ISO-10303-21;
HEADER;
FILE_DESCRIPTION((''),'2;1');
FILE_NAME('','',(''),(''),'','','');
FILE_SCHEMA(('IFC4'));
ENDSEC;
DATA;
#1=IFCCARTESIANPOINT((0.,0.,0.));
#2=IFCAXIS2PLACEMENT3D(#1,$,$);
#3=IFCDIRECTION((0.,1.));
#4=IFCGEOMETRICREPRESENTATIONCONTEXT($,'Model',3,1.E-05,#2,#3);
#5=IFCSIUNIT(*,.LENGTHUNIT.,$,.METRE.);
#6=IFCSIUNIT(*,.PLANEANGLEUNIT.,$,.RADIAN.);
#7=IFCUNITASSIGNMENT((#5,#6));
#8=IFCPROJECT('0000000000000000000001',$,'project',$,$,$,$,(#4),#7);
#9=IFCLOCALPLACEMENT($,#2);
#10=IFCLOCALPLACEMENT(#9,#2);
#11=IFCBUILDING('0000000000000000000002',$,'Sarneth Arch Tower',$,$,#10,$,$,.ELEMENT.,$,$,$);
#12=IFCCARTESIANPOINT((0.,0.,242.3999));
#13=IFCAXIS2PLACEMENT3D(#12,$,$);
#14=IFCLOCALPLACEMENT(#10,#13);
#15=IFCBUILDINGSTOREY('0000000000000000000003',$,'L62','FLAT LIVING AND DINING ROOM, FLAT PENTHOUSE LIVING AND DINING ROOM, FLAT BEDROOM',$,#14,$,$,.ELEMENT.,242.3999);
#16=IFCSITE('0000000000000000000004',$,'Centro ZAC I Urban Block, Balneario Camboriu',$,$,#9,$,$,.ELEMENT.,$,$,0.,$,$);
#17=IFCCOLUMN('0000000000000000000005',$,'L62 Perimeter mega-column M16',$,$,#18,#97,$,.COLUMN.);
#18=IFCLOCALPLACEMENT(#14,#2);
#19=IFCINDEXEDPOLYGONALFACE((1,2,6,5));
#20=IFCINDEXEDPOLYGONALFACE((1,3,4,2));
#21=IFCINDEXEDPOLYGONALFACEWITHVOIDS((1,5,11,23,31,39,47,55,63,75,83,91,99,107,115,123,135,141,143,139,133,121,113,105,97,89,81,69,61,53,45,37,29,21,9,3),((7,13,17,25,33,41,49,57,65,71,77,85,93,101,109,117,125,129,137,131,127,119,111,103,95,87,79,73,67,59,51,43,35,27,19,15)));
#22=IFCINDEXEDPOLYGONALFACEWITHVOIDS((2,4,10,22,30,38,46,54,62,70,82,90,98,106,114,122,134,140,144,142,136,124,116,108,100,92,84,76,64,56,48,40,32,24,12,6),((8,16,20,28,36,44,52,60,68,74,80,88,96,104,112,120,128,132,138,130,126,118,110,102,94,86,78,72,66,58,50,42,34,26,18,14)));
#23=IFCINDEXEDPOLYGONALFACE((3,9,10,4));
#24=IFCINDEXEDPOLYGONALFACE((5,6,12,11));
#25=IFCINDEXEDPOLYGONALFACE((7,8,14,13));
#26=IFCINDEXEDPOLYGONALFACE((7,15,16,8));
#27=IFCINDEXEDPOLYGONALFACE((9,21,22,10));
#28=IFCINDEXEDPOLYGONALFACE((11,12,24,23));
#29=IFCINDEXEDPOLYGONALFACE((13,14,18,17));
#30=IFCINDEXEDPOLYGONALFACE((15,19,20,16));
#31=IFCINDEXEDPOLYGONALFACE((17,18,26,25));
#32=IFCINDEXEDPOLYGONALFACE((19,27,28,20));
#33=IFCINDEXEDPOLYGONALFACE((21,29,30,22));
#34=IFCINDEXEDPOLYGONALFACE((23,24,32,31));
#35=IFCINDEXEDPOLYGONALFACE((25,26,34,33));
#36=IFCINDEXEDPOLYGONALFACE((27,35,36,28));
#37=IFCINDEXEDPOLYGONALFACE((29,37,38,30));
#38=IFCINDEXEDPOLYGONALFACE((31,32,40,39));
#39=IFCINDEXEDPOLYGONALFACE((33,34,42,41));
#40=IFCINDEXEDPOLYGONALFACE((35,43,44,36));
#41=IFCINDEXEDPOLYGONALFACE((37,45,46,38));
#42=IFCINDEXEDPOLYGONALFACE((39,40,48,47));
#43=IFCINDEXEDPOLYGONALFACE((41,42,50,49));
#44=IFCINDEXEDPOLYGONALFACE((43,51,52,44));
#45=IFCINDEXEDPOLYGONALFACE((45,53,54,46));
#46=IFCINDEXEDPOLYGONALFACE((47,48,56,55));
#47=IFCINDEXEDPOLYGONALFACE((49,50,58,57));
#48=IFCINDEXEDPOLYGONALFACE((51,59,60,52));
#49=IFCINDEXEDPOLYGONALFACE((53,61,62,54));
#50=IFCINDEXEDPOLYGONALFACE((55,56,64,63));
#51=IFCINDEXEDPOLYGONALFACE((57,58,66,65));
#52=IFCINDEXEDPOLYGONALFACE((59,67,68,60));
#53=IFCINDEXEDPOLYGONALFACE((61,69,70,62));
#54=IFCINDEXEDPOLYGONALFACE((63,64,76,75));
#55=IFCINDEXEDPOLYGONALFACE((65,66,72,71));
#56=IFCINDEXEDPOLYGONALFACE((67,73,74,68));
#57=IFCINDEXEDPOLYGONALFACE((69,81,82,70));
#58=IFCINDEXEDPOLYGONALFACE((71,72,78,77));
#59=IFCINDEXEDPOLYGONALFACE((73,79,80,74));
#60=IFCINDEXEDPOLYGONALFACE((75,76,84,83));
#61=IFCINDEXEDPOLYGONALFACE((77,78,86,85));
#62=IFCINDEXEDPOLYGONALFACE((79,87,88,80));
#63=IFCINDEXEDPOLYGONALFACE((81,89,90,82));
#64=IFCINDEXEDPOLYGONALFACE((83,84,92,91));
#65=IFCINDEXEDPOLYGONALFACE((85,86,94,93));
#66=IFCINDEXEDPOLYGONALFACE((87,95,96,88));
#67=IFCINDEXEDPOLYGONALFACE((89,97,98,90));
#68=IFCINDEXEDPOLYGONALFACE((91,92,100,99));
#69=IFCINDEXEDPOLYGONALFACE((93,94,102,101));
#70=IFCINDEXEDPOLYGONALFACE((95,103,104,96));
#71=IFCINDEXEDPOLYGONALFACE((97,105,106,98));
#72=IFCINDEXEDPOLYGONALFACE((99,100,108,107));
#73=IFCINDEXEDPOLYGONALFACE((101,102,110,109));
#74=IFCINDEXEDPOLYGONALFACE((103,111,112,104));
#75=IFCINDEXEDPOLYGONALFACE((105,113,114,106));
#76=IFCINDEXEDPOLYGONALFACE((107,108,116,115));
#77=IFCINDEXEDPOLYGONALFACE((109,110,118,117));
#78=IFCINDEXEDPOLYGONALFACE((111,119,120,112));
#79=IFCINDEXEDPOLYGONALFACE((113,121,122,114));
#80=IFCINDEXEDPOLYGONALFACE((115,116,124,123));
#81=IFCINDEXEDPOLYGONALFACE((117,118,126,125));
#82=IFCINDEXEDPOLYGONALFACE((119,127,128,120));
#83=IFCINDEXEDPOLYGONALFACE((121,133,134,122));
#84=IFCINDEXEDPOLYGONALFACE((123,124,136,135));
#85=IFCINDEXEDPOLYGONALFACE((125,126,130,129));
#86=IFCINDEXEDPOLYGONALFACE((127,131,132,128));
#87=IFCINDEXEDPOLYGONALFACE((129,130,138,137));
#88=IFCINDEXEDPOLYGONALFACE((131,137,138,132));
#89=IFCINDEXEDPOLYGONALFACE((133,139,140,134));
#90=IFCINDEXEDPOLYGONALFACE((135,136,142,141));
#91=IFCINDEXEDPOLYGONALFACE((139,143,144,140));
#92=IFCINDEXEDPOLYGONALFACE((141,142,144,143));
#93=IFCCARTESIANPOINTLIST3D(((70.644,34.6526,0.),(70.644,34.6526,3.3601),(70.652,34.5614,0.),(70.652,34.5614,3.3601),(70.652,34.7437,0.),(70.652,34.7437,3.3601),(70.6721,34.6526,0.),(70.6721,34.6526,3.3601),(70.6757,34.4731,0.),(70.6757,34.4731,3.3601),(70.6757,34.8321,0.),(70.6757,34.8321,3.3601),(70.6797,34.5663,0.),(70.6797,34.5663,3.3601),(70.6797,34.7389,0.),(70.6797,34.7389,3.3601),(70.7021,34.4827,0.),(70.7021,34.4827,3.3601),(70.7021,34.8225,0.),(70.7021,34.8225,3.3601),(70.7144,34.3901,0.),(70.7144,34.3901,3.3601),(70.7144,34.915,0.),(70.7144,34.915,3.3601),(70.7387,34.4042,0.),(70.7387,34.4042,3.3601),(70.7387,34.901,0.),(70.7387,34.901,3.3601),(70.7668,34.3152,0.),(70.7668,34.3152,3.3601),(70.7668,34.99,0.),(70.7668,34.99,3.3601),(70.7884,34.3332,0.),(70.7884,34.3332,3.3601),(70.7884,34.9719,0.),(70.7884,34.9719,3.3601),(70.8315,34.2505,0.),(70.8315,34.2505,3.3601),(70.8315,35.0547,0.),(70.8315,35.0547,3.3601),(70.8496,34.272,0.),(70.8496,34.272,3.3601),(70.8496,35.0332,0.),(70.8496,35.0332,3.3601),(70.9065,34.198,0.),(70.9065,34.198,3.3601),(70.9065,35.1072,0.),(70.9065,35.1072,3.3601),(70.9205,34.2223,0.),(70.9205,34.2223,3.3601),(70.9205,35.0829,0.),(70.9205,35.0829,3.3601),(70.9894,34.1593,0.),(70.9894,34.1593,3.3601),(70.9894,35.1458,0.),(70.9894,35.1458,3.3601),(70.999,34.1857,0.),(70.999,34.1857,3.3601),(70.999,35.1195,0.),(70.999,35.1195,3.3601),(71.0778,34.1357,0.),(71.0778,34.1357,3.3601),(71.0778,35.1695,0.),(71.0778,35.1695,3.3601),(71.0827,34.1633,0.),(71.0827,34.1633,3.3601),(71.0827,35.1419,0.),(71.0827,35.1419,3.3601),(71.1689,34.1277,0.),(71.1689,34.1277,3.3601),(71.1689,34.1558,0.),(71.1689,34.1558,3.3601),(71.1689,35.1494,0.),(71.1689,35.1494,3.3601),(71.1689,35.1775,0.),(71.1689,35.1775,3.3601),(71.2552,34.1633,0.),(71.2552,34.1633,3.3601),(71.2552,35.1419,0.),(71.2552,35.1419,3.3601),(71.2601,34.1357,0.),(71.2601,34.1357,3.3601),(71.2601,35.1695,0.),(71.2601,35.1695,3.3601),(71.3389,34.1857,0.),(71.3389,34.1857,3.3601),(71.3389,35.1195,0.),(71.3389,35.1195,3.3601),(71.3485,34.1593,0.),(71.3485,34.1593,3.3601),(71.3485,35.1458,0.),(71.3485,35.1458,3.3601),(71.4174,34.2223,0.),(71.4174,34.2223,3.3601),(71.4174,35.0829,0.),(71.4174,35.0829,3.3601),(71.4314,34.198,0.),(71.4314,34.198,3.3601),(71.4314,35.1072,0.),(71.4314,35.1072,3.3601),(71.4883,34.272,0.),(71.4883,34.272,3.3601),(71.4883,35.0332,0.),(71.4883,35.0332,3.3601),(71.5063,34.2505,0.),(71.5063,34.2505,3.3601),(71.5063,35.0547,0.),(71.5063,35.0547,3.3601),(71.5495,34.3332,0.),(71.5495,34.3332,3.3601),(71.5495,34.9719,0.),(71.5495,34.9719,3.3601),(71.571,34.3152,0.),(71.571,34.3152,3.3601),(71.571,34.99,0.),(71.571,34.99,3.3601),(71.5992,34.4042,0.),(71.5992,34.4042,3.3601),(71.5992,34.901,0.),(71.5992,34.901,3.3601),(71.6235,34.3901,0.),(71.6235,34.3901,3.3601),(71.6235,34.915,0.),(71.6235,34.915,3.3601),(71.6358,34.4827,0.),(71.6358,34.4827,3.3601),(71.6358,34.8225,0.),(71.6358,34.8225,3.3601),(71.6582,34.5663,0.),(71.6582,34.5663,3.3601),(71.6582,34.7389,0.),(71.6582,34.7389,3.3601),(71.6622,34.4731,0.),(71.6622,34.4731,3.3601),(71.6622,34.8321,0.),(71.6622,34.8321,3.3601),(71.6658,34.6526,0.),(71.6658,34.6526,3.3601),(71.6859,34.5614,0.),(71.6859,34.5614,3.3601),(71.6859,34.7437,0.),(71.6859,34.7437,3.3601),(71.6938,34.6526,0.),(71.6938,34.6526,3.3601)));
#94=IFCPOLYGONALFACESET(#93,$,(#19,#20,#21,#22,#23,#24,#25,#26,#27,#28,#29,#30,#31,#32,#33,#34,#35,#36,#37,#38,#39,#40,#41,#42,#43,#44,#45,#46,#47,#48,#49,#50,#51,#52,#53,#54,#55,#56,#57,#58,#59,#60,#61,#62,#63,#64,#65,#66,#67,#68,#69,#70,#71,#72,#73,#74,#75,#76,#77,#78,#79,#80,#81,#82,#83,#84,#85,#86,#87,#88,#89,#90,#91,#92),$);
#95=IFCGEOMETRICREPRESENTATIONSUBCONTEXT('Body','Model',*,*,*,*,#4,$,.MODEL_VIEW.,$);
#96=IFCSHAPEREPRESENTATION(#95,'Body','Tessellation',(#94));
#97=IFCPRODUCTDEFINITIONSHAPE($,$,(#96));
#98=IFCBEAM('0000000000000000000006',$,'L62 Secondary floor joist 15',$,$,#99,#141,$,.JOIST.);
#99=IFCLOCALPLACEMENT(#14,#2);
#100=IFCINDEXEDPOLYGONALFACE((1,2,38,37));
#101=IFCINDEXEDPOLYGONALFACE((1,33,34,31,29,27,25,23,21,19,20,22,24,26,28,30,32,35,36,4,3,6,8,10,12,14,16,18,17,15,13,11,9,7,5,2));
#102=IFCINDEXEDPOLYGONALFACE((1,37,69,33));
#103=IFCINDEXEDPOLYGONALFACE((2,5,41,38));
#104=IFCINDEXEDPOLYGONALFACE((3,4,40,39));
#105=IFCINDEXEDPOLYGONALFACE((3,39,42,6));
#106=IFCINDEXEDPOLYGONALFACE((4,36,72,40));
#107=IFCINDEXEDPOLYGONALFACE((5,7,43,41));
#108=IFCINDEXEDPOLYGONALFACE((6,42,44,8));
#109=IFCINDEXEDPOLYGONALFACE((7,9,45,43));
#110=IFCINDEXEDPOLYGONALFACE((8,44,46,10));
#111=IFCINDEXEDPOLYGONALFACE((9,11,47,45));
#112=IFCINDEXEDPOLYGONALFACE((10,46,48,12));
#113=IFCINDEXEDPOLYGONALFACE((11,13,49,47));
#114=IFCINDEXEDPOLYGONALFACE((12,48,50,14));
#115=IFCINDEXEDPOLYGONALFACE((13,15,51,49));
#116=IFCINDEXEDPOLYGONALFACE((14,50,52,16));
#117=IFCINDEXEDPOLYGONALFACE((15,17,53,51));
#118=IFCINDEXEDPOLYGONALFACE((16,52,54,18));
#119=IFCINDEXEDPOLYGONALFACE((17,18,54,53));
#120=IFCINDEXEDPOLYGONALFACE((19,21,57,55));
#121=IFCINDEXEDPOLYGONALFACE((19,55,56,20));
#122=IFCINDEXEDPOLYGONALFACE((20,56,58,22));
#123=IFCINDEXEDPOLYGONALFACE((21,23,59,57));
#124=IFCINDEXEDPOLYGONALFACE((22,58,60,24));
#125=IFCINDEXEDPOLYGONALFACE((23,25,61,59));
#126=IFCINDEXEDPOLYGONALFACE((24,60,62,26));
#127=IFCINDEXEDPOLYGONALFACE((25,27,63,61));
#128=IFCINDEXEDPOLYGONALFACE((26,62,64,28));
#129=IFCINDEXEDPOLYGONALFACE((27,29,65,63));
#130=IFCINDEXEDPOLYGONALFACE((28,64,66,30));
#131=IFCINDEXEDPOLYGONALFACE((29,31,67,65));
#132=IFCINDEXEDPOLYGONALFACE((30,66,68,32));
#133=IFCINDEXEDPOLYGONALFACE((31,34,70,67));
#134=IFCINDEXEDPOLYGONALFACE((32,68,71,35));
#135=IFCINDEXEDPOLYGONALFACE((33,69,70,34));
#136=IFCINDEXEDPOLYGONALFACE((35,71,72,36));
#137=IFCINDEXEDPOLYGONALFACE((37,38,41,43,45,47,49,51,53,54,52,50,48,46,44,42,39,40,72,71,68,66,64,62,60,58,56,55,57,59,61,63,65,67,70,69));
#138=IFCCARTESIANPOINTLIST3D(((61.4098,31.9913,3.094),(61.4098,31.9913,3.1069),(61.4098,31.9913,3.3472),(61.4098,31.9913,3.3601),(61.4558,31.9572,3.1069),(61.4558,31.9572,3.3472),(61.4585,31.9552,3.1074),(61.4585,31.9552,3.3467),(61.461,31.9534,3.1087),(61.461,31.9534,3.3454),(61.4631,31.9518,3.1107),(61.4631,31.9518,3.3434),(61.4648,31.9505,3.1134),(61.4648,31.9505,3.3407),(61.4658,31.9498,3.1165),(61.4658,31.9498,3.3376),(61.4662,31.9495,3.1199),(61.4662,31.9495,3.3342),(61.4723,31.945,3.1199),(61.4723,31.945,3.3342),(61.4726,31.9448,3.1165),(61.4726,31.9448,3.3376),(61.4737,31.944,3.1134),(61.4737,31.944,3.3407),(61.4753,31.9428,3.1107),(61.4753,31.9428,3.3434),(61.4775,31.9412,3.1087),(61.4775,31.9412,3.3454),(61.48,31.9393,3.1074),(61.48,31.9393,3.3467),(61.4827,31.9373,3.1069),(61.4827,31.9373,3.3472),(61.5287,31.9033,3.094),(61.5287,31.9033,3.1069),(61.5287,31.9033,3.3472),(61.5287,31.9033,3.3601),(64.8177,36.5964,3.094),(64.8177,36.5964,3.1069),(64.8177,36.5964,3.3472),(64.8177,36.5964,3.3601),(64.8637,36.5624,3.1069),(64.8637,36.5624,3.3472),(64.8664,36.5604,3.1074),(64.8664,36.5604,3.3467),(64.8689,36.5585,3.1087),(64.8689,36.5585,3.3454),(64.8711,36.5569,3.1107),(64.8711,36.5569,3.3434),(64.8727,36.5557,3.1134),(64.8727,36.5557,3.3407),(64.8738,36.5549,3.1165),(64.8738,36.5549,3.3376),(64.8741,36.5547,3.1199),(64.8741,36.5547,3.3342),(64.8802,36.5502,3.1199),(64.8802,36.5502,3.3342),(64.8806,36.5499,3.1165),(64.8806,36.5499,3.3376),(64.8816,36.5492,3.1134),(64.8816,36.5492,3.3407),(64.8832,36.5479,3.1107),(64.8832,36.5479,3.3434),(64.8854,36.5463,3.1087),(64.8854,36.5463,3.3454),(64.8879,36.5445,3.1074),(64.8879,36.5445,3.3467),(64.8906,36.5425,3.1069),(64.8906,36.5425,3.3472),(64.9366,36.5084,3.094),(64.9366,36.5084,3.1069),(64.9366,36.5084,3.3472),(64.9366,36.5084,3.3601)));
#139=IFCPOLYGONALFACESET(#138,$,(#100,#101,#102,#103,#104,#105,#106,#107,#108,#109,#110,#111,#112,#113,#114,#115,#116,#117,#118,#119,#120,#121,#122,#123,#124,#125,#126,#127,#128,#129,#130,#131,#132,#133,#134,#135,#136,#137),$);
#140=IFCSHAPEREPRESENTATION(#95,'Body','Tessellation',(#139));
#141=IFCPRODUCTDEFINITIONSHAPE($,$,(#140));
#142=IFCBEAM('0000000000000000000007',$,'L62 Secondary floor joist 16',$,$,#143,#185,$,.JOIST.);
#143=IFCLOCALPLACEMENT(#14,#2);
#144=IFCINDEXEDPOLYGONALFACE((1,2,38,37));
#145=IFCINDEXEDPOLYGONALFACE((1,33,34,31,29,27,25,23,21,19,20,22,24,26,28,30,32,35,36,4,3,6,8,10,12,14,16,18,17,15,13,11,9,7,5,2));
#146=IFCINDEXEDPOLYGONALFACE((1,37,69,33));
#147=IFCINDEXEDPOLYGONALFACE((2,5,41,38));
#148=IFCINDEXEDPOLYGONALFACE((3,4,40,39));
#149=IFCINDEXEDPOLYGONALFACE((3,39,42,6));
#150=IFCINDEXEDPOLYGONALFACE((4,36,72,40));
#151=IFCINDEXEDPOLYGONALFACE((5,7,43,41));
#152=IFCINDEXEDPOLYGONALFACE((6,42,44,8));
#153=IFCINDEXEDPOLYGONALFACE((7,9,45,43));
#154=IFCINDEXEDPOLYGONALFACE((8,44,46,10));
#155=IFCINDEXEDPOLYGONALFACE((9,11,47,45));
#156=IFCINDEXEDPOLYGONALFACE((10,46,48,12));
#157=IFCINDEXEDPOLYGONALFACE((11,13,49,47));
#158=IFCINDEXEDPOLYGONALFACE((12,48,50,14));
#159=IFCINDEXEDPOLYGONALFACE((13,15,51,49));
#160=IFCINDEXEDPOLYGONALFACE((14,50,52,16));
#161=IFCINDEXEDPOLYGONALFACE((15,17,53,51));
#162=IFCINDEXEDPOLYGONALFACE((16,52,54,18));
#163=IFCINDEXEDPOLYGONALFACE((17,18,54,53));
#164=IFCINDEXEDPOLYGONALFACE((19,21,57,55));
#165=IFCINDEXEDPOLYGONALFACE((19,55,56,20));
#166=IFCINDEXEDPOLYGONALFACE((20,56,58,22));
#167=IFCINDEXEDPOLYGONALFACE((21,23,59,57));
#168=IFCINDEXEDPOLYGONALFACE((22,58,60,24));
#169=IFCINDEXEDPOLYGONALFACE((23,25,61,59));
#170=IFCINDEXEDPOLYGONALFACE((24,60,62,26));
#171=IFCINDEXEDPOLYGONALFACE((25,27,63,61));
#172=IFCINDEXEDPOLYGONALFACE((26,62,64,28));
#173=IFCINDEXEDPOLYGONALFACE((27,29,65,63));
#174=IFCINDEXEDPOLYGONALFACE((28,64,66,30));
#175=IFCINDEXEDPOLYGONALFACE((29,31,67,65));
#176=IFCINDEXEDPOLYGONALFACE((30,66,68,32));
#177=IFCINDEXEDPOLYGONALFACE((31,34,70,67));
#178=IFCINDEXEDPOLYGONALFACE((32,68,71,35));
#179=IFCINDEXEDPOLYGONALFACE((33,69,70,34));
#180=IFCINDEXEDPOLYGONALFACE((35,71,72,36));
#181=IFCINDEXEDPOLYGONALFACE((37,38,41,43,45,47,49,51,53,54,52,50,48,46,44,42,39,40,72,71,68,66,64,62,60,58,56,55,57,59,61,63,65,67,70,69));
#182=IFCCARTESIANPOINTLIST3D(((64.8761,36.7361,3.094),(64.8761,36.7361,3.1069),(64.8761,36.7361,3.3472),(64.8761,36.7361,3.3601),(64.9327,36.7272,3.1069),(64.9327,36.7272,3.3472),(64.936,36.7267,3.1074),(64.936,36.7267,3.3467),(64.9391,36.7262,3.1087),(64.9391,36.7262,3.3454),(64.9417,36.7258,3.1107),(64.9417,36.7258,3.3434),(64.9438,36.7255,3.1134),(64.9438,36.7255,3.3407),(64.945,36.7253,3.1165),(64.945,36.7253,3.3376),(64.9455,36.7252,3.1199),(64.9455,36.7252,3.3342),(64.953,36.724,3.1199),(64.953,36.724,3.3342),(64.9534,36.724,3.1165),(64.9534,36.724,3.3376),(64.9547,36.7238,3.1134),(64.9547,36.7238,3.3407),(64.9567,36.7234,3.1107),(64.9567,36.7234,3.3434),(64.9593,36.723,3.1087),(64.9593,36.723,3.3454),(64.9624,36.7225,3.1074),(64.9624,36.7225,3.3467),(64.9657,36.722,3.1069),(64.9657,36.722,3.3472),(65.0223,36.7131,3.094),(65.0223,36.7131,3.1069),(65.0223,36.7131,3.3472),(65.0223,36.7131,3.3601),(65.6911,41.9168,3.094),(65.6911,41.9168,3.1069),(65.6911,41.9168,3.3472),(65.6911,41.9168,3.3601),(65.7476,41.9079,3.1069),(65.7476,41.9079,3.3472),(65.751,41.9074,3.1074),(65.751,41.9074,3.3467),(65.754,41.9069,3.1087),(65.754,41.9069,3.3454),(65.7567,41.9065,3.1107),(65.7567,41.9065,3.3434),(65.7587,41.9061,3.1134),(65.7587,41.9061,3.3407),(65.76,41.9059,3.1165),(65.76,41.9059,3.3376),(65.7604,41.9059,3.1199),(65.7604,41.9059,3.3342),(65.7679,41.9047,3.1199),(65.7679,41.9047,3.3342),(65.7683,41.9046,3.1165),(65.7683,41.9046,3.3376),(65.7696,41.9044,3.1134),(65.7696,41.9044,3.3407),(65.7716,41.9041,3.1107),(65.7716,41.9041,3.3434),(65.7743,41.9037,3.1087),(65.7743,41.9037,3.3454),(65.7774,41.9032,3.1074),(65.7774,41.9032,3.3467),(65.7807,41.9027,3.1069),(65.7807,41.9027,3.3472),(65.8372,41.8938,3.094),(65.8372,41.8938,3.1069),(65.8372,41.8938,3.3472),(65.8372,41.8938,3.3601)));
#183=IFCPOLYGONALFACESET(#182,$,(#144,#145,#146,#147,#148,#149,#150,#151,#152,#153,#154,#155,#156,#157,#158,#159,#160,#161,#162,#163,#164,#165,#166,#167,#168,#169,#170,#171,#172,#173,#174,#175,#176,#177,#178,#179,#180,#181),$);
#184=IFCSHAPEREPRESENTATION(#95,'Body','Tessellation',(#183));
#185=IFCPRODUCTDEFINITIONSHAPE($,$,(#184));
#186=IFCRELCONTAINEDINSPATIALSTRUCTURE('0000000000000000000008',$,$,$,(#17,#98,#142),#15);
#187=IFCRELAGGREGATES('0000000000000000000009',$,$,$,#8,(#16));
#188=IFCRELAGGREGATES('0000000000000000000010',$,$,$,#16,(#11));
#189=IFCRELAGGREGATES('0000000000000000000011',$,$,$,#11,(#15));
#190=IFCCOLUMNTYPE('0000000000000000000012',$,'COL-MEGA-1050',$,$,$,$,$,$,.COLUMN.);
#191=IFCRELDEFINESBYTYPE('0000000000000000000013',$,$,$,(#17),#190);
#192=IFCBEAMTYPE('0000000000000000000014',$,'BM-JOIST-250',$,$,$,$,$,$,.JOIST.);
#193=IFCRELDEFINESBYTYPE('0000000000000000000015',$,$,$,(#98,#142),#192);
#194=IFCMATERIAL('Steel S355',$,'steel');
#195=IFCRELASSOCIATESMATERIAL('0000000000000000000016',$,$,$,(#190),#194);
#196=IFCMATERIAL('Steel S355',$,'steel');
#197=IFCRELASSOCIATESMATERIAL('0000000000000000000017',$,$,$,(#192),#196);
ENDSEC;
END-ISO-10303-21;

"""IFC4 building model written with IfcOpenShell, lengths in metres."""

from ifc_helpers import new_model, si_unit, direction, frame, origin, origin_2d, place, context, subcontext, project, spatial, hollow_circle, i_section, extrude, material, material_profile, profile_set, type_object, element, save


model = new_model("IFC4")

# Units and contexts
model_context = context("Model", 3, precision=1e-05, world=origin(), true_north=direction((0.0, 1.0)))
body_context = subcontext(model_context, "Body", "Model", "MODEL_VIEW")
ifc_project = project(units=[si_unit("LENGTHUNIT", "METRE"), si_unit("PLANEANGLEUNIT", "RADIAN")], contexts=[model_context])

# Site, building, storey
site_placement = place(None, origin())
site = spatial("IfcSite", under=ifc_project, at=site_placement, Name="Centro ZAC I Urban Block, Balneario Camboriu", CompositionType="ELEMENT", RefElevation=0.0)
building_placement = place(site_placement, origin())
building = spatial("IfcBuilding", under=site, at=building_placement, Name="Sarneth Arch Tower", CompositionType="ELEMENT")
storey_placement = place(building_placement, frame((0.0, 0.0, 242.3999)))
storey = spatial("IfcBuildingStorey", under=building, at=storey_placement, Name="L62", Description="FLAT LIVING AND DINING ROOM, FLAT PENTHOUSE LIVING AND DINING ROOM, FLAT BEDROOM", CompositionType="ELEMENT", Elevation=242.3999)

# Column
ifc_material_1 = material(Name="Steel S355", Category="steel")
ifc_material_profile_1 = material_profile(ifc_material_1, hollow_circle(Radius=0.5249, WallThickness=0.0281, at=origin_2d()), Name="CHS1050x28")
ifc_profile_set_1 = profile_set([ifc_material_profile_1], Name="Steel S355")
column_type = type_object("IfcColumnType", Name="COL-MEGA-1050", PredefinedType="COLUMN", material=ifc_profile_set_1)
column_placement = place(storey_placement, frame((71.1689, 34.6526, 0.0), z_axis=(0.0, 0.0, 1.0), x_axis=(1.0, 0.0, 0.0)))
element("IfcColumn", 1, at=column_placement, inside=storey, type_object=column_type, Name="L62 Perimeter mega-column M16", PredefinedType="COLUMN", context=body_context, shape_type="SweptSolid", body=[
    extrude(hollow_circle(Radius=0.5249, WallThickness=0.0281, at=origin_2d()), origin(), (0.0, 0.0, 1.0), 3.3601),
])

# Beams
ifc_material_2 = material(Name="Steel S355", Category="steel")
ifc_material_profile_2 = material_profile(ifc_material_2, i_section(OverallWidth=0.1479, OverallDepth=0.2661, WebThickness=0.0076, FlangeThickness=0.0129, FilletRadius=0.0129, at=origin_2d()), Name="W250x44.8")
ifc_profile_set_2 = profile_set([ifc_material_profile_2], Name="Steel S355")
beam_type_1 = type_object("IfcBeamType", Name="BM-JOIST-250", PredefinedType="JOIST", material=ifc_profile_set_2)
beam_1_placement = place(storey_placement, frame((61.4692, 31.9473, 3.2271), z_axis=(0.594853, 0.803834, 0.0), x_axis=(-0.803834, 0.594853, 0.0)))
element("IfcBeam", 2, at=beam_1_placement, inside=storey, type_object=beam_type_1, Name="L62 Secondary floor joist 15", PredefinedType="JOIST", context=body_context, shape_type="SweptSolid", body=[
    extrude(i_section(OverallWidth=0.1479, OverallDepth=0.2661, WebThickness=0.0076, FlangeThickness=0.0129, FilletRadius=0.0129, at=origin_2d()), origin(), (0.0, 0.0, 1.0), 5.729),
])
beam_2_placement = place(storey_placement, frame((64.9492, 36.7246, 3.2271), z_axis=(0.155394, 0.987853, 0.0), x_axis=(-0.987853, 0.155394, 0.0)))
element("IfcBeam", 3, at=beam_2_placement, inside=storey, type_object=beam_type_1, Name="L62 Secondary floor joist 16", PredefinedType="JOIST", context=body_context, shape_type="SweptSolid", body=[
    extrude(i_section(OverallWidth=0.1479, OverallDepth=0.2661, WebThickness=0.0076, FlangeThickness=0.0129, FilletRadius=0.0129, at=origin_2d()), origin(), (0.0, 0.0, 1.0), 5.2444),
])

save(model, "model.ifc")
